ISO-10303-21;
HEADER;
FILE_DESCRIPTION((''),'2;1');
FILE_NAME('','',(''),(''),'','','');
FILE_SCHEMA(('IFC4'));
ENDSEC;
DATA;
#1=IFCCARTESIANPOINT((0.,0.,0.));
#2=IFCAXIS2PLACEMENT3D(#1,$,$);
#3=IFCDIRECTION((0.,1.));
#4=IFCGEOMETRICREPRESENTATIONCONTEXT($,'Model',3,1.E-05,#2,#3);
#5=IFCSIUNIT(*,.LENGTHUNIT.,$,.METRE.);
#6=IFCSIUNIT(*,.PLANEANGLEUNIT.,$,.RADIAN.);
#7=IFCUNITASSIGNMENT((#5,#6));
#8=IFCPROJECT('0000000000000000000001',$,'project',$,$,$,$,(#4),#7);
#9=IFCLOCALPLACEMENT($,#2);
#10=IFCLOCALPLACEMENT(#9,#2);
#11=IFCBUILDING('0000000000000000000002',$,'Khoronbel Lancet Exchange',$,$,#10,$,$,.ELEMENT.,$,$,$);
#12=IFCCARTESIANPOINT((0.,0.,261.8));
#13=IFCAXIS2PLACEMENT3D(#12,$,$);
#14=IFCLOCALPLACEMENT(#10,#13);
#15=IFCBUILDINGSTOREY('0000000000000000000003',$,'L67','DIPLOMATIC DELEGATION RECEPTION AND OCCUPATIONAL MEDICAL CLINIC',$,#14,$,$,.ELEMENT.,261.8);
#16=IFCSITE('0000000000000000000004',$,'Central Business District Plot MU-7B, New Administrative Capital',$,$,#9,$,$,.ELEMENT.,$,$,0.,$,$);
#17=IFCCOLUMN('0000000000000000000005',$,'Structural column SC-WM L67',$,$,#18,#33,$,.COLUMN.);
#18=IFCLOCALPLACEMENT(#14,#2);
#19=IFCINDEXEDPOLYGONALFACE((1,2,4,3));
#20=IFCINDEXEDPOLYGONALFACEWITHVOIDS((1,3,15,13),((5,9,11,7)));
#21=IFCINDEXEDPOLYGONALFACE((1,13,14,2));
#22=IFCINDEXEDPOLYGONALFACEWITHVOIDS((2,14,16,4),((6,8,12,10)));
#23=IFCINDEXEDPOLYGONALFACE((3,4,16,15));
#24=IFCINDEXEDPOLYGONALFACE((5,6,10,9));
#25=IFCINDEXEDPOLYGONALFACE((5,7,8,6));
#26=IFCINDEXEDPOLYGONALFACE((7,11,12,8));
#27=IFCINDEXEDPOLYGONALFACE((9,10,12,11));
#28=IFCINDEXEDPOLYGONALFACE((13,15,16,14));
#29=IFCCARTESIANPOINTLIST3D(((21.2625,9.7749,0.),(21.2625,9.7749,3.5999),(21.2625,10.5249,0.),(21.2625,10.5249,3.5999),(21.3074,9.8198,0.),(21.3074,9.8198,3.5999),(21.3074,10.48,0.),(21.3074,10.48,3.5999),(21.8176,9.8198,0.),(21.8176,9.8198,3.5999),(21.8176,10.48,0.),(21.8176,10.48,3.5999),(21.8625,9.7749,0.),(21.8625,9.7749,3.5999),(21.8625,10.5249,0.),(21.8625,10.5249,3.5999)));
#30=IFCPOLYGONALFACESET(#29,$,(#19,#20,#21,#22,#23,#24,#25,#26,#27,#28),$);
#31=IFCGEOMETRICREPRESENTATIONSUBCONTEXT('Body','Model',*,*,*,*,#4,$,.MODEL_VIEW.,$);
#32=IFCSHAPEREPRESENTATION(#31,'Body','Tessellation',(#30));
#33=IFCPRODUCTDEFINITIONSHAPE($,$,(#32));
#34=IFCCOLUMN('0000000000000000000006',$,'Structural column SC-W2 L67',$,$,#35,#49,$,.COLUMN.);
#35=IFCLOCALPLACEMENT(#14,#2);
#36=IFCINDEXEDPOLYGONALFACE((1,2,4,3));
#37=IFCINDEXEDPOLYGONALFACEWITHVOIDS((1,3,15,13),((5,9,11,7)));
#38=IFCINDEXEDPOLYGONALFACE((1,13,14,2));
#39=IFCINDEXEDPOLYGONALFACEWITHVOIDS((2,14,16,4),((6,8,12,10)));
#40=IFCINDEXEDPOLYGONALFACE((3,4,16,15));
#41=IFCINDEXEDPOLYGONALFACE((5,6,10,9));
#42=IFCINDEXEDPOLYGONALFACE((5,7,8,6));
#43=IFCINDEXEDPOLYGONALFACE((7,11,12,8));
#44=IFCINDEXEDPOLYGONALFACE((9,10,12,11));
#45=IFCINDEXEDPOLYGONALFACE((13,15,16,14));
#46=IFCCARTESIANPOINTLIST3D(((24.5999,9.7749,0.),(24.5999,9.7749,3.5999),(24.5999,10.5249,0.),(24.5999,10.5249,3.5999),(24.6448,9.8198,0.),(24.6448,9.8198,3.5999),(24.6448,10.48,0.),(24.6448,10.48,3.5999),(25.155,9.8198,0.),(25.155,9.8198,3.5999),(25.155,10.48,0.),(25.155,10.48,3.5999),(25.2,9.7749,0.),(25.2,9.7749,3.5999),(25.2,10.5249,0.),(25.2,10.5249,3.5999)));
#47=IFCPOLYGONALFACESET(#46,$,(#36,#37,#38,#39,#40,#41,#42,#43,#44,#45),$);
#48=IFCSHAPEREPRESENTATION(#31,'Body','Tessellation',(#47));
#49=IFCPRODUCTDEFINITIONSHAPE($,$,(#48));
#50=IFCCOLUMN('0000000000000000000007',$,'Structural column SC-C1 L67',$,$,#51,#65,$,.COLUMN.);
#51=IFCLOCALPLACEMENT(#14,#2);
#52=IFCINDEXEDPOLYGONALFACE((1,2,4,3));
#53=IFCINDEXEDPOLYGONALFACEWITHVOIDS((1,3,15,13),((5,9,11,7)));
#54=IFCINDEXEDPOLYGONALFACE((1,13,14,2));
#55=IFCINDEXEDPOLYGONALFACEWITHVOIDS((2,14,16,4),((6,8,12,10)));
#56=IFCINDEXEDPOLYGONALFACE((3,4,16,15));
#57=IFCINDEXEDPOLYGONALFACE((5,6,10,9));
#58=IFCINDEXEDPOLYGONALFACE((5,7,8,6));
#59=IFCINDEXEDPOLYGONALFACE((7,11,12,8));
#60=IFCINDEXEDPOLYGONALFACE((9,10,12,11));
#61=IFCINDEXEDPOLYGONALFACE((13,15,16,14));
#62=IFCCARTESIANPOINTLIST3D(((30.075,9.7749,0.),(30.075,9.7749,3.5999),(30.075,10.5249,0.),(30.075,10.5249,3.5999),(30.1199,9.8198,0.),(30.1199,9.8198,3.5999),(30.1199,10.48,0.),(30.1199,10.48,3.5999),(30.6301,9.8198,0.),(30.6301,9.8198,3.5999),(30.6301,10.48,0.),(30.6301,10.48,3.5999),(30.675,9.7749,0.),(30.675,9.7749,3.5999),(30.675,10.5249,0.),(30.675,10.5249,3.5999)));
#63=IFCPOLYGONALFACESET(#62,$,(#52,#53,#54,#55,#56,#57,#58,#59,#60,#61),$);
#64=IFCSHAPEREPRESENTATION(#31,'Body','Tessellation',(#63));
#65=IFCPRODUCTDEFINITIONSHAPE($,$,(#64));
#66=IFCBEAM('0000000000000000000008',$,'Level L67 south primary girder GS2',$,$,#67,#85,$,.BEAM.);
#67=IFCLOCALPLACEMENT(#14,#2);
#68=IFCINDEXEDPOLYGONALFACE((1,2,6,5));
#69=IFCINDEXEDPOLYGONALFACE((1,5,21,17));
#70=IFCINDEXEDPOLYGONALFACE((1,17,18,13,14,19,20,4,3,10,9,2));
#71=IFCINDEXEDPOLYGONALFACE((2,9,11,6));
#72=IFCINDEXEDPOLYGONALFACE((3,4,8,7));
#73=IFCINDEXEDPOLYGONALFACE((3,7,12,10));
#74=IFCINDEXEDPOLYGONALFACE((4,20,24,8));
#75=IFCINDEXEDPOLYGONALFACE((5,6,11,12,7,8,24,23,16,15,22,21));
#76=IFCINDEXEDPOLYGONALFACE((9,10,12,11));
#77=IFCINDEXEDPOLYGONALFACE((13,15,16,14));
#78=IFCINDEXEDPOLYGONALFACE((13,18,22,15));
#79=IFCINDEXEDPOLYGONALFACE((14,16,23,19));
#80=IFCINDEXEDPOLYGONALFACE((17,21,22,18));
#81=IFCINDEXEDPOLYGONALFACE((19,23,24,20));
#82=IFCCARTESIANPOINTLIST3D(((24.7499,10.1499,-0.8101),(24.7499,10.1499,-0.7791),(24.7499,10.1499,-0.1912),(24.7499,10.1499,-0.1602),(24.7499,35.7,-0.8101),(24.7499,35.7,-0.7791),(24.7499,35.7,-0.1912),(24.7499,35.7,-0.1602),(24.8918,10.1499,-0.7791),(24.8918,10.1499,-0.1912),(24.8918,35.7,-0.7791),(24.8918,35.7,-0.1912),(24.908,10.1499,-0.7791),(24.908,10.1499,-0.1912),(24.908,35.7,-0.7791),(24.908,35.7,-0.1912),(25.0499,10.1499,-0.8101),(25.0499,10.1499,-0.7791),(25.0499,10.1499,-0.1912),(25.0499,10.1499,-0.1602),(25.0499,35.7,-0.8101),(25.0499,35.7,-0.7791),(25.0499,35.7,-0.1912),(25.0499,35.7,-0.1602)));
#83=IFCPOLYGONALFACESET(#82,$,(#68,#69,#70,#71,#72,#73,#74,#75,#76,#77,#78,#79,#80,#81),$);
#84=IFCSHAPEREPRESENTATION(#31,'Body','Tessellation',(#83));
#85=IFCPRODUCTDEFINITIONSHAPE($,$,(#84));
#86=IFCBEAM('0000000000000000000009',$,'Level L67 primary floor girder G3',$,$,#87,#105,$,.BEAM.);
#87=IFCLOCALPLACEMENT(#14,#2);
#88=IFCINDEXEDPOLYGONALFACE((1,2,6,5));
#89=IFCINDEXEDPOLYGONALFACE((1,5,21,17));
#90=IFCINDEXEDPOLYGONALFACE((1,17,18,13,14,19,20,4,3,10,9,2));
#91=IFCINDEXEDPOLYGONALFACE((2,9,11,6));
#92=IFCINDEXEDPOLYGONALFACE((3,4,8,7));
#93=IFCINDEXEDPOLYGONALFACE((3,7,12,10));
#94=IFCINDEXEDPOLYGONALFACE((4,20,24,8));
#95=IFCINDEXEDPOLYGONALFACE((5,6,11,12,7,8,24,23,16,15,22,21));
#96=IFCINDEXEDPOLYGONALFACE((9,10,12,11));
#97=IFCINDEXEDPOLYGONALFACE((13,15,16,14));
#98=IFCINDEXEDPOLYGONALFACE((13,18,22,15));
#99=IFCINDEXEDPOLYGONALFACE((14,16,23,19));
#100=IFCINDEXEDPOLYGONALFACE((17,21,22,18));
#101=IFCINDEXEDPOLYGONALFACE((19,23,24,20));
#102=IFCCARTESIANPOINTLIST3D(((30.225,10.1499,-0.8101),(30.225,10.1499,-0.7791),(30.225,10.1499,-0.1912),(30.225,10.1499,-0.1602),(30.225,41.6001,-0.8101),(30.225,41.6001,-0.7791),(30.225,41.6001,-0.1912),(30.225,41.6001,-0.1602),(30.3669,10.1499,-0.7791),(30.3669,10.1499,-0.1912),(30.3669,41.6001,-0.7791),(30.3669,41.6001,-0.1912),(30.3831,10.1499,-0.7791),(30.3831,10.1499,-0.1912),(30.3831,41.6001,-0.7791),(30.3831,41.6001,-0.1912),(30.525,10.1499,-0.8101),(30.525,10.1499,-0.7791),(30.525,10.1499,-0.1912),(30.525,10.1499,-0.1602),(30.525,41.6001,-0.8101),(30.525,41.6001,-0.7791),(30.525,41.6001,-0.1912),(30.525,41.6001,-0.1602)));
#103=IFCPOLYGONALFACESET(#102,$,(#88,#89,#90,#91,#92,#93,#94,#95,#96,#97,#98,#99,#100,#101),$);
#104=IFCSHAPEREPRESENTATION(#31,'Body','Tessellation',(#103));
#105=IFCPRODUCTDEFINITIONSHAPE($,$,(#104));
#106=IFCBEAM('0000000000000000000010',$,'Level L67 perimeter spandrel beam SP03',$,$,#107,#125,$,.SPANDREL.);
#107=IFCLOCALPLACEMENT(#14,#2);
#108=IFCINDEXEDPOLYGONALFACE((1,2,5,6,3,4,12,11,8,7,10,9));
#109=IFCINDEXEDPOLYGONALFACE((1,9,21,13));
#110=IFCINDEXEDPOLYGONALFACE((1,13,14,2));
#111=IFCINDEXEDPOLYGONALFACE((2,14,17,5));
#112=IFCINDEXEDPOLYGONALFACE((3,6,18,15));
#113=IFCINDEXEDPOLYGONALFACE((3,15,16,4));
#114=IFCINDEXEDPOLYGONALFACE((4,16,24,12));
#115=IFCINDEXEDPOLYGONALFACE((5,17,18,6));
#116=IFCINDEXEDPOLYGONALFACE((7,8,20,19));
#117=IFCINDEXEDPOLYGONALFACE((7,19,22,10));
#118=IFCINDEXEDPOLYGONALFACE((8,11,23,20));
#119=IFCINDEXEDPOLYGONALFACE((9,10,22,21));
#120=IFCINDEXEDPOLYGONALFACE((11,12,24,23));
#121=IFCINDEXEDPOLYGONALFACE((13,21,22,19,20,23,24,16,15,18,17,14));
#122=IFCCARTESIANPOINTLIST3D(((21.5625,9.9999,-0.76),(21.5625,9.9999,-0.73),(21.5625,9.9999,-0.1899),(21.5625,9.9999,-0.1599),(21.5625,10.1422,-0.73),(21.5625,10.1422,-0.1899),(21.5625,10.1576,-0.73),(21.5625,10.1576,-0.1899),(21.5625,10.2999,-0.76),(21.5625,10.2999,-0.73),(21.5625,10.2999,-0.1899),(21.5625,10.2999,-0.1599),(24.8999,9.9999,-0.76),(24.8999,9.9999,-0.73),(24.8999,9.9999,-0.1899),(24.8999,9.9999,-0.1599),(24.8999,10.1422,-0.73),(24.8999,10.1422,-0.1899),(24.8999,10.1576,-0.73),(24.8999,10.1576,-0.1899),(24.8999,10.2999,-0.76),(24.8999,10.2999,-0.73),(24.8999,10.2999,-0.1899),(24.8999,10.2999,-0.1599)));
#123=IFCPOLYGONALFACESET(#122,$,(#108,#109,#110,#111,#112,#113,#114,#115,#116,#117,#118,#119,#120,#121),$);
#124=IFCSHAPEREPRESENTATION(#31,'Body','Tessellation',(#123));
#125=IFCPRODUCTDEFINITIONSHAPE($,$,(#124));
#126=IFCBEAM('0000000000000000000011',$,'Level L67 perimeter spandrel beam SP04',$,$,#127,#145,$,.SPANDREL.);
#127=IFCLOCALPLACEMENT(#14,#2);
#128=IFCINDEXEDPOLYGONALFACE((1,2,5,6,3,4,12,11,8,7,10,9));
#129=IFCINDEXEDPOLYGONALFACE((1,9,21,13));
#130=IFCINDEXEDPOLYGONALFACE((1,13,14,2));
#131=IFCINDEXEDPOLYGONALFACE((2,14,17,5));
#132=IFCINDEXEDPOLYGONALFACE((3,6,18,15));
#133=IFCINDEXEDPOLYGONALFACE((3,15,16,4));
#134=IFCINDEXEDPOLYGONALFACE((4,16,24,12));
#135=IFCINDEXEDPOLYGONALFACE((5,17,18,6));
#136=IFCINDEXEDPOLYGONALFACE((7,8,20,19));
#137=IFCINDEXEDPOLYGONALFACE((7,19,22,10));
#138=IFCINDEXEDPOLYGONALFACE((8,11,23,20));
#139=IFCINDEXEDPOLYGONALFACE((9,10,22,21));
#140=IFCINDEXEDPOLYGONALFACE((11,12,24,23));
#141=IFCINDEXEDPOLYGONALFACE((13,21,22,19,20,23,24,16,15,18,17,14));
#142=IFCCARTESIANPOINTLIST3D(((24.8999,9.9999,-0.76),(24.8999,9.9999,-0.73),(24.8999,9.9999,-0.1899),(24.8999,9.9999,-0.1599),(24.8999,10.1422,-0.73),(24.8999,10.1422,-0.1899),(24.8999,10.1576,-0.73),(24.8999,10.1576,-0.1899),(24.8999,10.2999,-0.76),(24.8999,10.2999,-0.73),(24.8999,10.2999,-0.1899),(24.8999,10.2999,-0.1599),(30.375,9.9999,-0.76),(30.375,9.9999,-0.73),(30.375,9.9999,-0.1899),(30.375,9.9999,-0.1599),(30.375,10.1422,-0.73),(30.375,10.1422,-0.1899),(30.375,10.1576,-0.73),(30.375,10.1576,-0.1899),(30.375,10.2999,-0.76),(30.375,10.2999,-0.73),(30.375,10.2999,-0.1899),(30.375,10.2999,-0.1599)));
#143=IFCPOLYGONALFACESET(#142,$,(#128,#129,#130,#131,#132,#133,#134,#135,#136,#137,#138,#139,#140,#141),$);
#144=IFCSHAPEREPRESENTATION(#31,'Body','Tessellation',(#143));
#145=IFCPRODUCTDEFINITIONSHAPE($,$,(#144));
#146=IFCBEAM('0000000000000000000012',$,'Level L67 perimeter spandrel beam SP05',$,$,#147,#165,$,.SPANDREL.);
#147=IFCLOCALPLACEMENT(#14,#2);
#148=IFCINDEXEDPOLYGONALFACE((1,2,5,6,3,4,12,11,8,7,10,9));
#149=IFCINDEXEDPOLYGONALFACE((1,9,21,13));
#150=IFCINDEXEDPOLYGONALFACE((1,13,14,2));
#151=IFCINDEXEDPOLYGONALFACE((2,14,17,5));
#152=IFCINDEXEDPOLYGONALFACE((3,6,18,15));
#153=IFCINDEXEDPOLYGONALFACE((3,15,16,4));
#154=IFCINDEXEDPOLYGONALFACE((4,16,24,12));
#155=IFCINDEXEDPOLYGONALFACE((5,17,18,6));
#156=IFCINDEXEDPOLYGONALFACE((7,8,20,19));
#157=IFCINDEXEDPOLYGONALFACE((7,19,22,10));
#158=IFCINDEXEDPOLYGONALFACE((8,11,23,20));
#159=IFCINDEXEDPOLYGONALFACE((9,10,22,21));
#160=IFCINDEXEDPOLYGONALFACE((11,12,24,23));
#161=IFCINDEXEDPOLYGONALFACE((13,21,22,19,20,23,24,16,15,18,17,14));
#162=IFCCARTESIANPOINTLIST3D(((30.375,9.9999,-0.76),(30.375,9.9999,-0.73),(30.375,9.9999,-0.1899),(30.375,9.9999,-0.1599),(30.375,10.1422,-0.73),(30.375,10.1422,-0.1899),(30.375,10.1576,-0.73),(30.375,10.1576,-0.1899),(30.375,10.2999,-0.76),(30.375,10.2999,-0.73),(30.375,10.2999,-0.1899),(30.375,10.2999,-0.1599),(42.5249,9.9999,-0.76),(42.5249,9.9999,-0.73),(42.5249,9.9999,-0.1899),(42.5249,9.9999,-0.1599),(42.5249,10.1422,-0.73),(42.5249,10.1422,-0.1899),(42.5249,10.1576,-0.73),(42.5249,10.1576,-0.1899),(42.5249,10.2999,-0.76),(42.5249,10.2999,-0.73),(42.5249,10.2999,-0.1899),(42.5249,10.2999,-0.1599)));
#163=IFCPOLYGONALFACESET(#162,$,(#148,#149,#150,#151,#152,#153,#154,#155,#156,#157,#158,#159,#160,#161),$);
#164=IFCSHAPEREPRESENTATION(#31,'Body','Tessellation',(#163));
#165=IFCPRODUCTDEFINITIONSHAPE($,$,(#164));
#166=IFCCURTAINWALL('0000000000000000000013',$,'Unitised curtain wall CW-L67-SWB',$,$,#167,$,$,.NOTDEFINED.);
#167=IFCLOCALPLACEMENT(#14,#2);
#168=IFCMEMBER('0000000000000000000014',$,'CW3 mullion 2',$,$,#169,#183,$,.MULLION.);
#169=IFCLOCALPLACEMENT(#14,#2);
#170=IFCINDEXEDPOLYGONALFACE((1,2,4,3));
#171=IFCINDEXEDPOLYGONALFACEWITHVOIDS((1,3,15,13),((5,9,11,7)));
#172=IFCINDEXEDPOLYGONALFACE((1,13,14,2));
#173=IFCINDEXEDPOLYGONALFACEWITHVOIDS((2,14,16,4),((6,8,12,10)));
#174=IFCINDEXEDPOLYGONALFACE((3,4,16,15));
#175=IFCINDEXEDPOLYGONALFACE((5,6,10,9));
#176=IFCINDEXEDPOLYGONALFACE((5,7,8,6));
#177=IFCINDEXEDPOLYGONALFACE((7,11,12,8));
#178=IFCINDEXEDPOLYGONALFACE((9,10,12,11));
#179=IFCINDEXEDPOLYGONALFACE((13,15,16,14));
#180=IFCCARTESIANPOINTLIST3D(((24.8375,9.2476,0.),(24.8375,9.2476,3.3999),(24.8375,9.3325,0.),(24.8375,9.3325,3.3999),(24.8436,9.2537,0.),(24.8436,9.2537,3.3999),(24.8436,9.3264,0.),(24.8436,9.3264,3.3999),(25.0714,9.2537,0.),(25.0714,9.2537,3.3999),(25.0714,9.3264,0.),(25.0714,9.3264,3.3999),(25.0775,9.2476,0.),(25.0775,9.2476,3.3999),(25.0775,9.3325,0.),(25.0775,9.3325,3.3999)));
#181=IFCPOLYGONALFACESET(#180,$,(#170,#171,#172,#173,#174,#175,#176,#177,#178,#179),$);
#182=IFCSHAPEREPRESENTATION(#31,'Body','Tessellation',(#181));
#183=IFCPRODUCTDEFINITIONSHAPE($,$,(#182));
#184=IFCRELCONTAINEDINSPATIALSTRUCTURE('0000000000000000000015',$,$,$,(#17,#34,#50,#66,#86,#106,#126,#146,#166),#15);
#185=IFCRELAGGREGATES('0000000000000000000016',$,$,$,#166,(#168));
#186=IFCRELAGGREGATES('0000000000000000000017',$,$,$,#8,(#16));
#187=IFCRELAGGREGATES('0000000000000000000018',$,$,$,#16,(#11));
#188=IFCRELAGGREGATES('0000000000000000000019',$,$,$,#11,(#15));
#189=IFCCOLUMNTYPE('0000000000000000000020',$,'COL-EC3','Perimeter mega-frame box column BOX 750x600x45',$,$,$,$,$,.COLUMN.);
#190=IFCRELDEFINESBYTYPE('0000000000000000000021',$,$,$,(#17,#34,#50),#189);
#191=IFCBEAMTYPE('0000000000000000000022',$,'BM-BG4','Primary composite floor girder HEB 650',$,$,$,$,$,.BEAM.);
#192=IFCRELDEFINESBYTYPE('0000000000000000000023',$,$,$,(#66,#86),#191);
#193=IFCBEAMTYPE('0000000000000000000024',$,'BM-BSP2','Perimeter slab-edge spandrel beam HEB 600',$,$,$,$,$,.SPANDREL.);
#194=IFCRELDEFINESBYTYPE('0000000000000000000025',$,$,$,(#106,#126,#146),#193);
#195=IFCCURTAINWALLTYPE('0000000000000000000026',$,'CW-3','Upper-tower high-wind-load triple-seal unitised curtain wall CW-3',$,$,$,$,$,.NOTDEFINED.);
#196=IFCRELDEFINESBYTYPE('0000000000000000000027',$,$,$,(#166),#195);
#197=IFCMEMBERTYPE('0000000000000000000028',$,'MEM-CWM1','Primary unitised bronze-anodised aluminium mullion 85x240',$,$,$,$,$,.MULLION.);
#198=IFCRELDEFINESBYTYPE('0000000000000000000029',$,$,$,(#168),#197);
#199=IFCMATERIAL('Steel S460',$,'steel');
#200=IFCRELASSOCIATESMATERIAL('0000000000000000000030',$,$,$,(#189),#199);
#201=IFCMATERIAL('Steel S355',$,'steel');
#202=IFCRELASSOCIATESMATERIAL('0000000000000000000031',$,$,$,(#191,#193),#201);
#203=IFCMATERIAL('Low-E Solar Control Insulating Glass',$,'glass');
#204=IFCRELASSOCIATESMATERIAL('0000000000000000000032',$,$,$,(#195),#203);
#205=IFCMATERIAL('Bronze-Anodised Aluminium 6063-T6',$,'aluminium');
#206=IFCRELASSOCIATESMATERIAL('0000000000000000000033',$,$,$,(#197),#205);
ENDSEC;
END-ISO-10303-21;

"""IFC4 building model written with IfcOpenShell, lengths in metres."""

from ifc_helpers import new_model, si_unit, direction, frame, origin, origin_2d, place, context, subcontext, project, spatial, hollow_rectangle, i_section, extrude, material, material_profile, profile_set, type_object, element, aggregate, save


model = new_model("IFC4")

# Units and contexts
model_context = context("Model", 3, precision=1e-05, world=origin(), true_north=direction((0.0, 1.0)))
body_context = subcontext(model_context, "Body", "Model", "MODEL_VIEW")
ifc_project = project(units=[si_unit("LENGTHUNIT", "METRE"), si_unit("PLANEANGLEUNIT", "RADIAN")], contexts=[model_context])

# Site, building, storey
site_placement = place(None, origin())
site = spatial("IfcSite", under=ifc_project, at=site_placement, Name="Central Business District Plot MU-7B, New Administrative Capital", CompositionType="ELEMENT", RefElevation=0.0)
building_placement = place(site_placement, origin())
building = spatial("IfcBuilding", under=site, at=building_placement, Name="Khoronbel Lancet Exchange", CompositionType="ELEMENT")
storey_placement = place(building_placement, frame((0.0, 0.0, 261.8)))
storey = spatial("IfcBuildingStorey", under=building, at=storey_placement, Name="L67", Description="DIPLOMATIC DELEGATION RECEPTION AND OCCUPATIONAL MEDICAL CLINIC", CompositionType="ELEMENT", Elevation=261.8)

# Columns
ifc_material_1 = material(Name="Steel S460", Category="steel")
ifc_material_profile_1 = material_profile(ifc_material_1, hollow_rectangle(XDim=0.6001, YDim=0.75, WallThickness=0.0449, at=origin_2d()), Name="BOX 750x600x45")
ifc_profile_set_1 = profile_set([ifc_material_profile_1], Name="Steel S460")
column_type = type_object("IfcColumnType", Name="COL-EC3", Description="Perimeter mega-frame box column BOX 750x600x45", PredefinedType="COLUMN", material=ifc_profile_set_1)
for number, where, z_axis, x_axis, name in (
    (1, (21.5625, 10.1499, 0.0), (0.0, 0.0, 1.0), (1.0, 0.0, 0.0), "Structural column SC-WM L67"),
    (2, (24.8999, 10.1499, 0.0), (0.0, 0.0, 1.0), (1.0, 0.0, 0.0), "Structural column SC-W2 L67"),
    (3, (30.375, 10.1499, 0.0), (0.0, 0.0, 1.0), (1.0, 0.0, 0.0), "Structural column SC-C1 L67"),
):
    element("IfcColumn", number, at=place(storey_placement, frame(where, z_axis=z_axis, x_axis=x_axis)), inside=storey, type_object=column_type, Name=name, PredefinedType="COLUMN", context=body_context, shape_type="SweptSolid", body=[
        extrude(hollow_rectangle(XDim=0.6001, YDim=0.75, WallThickness=0.0449, at=origin_2d()), origin(), (0.0, 0.0, 1.0), 3.5999),
    ])

# Beams
ifc_material_2 = material(Name="Steel S355", Category="steel")
ifc_material_profile_2 = material_profile(ifc_material_2, i_section(OverallWidth=0.3, OverallDepth=0.6499, WebThickness=0.0161, FlangeThickness=0.031, at=origin_2d()), Name="HEB 650")
ifc_profile_set_2 = profile_set([ifc_material_profile_2], Name="Steel S355")
beam_type_1 = type_object("IfcBeamType", Name="BM-BG4", Description="Primary composite floor girder HEB 650", PredefinedType="BEAM", material=ifc_profile_set_2)
beam_1_placement = place(storey_placement, frame((24.8999, 10.1499, -0.4851), z_axis=(0.0, 1.0, 0.0), x_axis=(-1.0, 0.0, 0.0)))
element("IfcBeam", 4, at=beam_1_placement, inside=storey, type_object=beam_type_1, Name="Level L67 south primary girder GS2", PredefinedType="BEAM", context=body_context, shape_type="SweptSolid", body=[
    extrude(i_section(OverallWidth=0.3, OverallDepth=0.6499, WebThickness=0.0161, FlangeThickness=0.031, at=origin_2d()), origin(), (0.0, 0.0, 1.0), 25.55),
])
beam_2_placement = place(storey_placement, frame((30.375, 10.1499, -0.4851), z_axis=(0.0, 1.0, 0.0), x_axis=(-1.0, 0.0, 0.0)))
element("IfcBeam", 5, at=beam_2_placement, inside=storey, type_object=beam_type_1, Name="Level L67 primary floor girder G3", PredefinedType="BEAM", context=body_context, shape_type="SweptSolid", body=[
    extrude(i_section(OverallWidth=0.3, OverallDepth=0.6499, WebThickness=0.0161, FlangeThickness=0.031, at=origin_2d()), origin(), (0.0, 0.0, 1.0), 31.4502),
])
ifc_material_profile_3 = material_profile(ifc_material_2, i_section(OverallWidth=0.3, OverallDepth=0.6001, WebThickness=0.0154, FlangeThickness=0.03, at=origin_2d()), Name="HEB 600")
ifc_profile_set_3 = profile_set([ifc_material_profile_3], Name="Steel S355")
beam_type_2 = type_object("IfcBeamType", Name="BM-BSP2", Description="Perimeter slab-edge spandrel beam HEB 600", PredefinedType="SPANDREL", material=ifc_profile_set_3)
beam_3_placement = place(storey_placement, frame((21.5625, 10.1499, -0.46), z_axis=(1.0, 0.0, 0.0), x_axis=(0.0, 1.0, 0.0)))
element("IfcBeam", 6, at=beam_3_placement, inside=storey, type_object=beam_type_2, Name="Level L67 perimeter spandrel beam SP03", PredefinedType="SPANDREL", context=body_context, shape_type="SweptSolid", body=[
    extrude(i_section(OverallWidth=0.3, OverallDepth=0.6001, WebThickness=0.0154, FlangeThickness=0.03, at=origin_2d()), origin(), (0.0, 0.0, 1.0), 3.3374),
])
beam_4_placement = place(storey_placement, frame((24.8999, 10.1499, -0.46), z_axis=(1.0, 0.0, 0.0), x_axis=(0.0, 1.0, 0.0)))
element("IfcBeam", 7, at=beam_4_placement, inside=storey, type_object=beam_type_2, Name="Level L67 perimeter spandrel beam SP04", PredefinedType="SPANDREL", context=body_context, shape_type="SweptSolid", body=[
    extrude(i_section(OverallWidth=0.3, OverallDepth=0.6001, WebThickness=0.0154, FlangeThickness=0.03, at=origin_2d()), origin(), (0.0, 0.0, 1.0), 5.4751),
])
beam_5_placement = place(storey_placement, frame((30.375, 10.1499, -0.46), z_axis=(1.0, 0.0, 0.0), x_axis=(0.0, 1.0, 0.0)))
element("IfcBeam", 8, at=beam_5_placement, inside=storey, type_object=beam_type_2, Name="Level L67 perimeter spandrel beam SP05", PredefinedType="SPANDREL", context=body_context, shape_type="SweptSolid", body=[
    extrude(i_section(OverallWidth=0.3, OverallDepth=0.6001, WebThickness=0.0154, FlangeThickness=0.03, at=origin_2d()), origin(), (0.0, 0.0, 1.0), 12.1499),
])

# Curtain wall, member
ifc_material_3 = material(Name="Low-E Solar Control Insulating Glass", Category="glass")
curtain_wall_type = type_object("IfcCurtainWallType", Name="CW-3", Description="Upper-tower high-wind-load triple-seal unitised curtain wall CW-3", PredefinedType="NOTDEFINED", material=ifc_material_3)
curtain_wall_1_placement = place(storey_placement, origin())
curtain_wall_1 = element("IfcCurtainWall", 9, at=curtain_wall_1_placement, inside=storey, type_object=curtain_wall_type, Name="Unitised curtain wall CW-L67-SWB", PredefinedType="NOTDEFINED")
ifc_material_4 = material(Name="Bronze-Anodised Aluminium 6063-T6", Category="aluminium")
ifc_material_profile_4 = material_profile(ifc_material_4, hollow_rectangle(XDim=0.085, YDim=0.24, WallThickness=0.0061, at=origin_2d()), Name="ALU MULLION 85x240")
ifc_profile_set_4 = profile_set([ifc_material_profile_4], Name="Bronze-Anodised Aluminium 6063-T6")
member_type_1 = type_object("IfcMemberType", Name="MEM-CWM1", Description="Primary unitised bronze-anodised aluminium mullion 85x240", PredefinedType="MULLION", material=ifc_profile_set_4)
member_1_placement = place(storey_placement, frame((24.9575, 9.29, 0.0), z_axis=(0.0, 0.0, 1.0), x_axis=(0.0, 1.0, 0.0)))
member_1 = element("IfcMember", 10, at=member_1_placement, type_object=member_type_1, Name="CW3 mullion 2", PredefinedType="MULLION", context=body_context, shape_type="SweptSolid", body=[
    extrude(hollow_rectangle(XDim=0.085, YDim=0.24, WallThickness=0.0061, at=origin_2d()), origin(), (0.0, 0.0, 1.0), 3.3999),
])

aggregate(curtain_wall_1, [member_1])

save(model, "model.ifc")
